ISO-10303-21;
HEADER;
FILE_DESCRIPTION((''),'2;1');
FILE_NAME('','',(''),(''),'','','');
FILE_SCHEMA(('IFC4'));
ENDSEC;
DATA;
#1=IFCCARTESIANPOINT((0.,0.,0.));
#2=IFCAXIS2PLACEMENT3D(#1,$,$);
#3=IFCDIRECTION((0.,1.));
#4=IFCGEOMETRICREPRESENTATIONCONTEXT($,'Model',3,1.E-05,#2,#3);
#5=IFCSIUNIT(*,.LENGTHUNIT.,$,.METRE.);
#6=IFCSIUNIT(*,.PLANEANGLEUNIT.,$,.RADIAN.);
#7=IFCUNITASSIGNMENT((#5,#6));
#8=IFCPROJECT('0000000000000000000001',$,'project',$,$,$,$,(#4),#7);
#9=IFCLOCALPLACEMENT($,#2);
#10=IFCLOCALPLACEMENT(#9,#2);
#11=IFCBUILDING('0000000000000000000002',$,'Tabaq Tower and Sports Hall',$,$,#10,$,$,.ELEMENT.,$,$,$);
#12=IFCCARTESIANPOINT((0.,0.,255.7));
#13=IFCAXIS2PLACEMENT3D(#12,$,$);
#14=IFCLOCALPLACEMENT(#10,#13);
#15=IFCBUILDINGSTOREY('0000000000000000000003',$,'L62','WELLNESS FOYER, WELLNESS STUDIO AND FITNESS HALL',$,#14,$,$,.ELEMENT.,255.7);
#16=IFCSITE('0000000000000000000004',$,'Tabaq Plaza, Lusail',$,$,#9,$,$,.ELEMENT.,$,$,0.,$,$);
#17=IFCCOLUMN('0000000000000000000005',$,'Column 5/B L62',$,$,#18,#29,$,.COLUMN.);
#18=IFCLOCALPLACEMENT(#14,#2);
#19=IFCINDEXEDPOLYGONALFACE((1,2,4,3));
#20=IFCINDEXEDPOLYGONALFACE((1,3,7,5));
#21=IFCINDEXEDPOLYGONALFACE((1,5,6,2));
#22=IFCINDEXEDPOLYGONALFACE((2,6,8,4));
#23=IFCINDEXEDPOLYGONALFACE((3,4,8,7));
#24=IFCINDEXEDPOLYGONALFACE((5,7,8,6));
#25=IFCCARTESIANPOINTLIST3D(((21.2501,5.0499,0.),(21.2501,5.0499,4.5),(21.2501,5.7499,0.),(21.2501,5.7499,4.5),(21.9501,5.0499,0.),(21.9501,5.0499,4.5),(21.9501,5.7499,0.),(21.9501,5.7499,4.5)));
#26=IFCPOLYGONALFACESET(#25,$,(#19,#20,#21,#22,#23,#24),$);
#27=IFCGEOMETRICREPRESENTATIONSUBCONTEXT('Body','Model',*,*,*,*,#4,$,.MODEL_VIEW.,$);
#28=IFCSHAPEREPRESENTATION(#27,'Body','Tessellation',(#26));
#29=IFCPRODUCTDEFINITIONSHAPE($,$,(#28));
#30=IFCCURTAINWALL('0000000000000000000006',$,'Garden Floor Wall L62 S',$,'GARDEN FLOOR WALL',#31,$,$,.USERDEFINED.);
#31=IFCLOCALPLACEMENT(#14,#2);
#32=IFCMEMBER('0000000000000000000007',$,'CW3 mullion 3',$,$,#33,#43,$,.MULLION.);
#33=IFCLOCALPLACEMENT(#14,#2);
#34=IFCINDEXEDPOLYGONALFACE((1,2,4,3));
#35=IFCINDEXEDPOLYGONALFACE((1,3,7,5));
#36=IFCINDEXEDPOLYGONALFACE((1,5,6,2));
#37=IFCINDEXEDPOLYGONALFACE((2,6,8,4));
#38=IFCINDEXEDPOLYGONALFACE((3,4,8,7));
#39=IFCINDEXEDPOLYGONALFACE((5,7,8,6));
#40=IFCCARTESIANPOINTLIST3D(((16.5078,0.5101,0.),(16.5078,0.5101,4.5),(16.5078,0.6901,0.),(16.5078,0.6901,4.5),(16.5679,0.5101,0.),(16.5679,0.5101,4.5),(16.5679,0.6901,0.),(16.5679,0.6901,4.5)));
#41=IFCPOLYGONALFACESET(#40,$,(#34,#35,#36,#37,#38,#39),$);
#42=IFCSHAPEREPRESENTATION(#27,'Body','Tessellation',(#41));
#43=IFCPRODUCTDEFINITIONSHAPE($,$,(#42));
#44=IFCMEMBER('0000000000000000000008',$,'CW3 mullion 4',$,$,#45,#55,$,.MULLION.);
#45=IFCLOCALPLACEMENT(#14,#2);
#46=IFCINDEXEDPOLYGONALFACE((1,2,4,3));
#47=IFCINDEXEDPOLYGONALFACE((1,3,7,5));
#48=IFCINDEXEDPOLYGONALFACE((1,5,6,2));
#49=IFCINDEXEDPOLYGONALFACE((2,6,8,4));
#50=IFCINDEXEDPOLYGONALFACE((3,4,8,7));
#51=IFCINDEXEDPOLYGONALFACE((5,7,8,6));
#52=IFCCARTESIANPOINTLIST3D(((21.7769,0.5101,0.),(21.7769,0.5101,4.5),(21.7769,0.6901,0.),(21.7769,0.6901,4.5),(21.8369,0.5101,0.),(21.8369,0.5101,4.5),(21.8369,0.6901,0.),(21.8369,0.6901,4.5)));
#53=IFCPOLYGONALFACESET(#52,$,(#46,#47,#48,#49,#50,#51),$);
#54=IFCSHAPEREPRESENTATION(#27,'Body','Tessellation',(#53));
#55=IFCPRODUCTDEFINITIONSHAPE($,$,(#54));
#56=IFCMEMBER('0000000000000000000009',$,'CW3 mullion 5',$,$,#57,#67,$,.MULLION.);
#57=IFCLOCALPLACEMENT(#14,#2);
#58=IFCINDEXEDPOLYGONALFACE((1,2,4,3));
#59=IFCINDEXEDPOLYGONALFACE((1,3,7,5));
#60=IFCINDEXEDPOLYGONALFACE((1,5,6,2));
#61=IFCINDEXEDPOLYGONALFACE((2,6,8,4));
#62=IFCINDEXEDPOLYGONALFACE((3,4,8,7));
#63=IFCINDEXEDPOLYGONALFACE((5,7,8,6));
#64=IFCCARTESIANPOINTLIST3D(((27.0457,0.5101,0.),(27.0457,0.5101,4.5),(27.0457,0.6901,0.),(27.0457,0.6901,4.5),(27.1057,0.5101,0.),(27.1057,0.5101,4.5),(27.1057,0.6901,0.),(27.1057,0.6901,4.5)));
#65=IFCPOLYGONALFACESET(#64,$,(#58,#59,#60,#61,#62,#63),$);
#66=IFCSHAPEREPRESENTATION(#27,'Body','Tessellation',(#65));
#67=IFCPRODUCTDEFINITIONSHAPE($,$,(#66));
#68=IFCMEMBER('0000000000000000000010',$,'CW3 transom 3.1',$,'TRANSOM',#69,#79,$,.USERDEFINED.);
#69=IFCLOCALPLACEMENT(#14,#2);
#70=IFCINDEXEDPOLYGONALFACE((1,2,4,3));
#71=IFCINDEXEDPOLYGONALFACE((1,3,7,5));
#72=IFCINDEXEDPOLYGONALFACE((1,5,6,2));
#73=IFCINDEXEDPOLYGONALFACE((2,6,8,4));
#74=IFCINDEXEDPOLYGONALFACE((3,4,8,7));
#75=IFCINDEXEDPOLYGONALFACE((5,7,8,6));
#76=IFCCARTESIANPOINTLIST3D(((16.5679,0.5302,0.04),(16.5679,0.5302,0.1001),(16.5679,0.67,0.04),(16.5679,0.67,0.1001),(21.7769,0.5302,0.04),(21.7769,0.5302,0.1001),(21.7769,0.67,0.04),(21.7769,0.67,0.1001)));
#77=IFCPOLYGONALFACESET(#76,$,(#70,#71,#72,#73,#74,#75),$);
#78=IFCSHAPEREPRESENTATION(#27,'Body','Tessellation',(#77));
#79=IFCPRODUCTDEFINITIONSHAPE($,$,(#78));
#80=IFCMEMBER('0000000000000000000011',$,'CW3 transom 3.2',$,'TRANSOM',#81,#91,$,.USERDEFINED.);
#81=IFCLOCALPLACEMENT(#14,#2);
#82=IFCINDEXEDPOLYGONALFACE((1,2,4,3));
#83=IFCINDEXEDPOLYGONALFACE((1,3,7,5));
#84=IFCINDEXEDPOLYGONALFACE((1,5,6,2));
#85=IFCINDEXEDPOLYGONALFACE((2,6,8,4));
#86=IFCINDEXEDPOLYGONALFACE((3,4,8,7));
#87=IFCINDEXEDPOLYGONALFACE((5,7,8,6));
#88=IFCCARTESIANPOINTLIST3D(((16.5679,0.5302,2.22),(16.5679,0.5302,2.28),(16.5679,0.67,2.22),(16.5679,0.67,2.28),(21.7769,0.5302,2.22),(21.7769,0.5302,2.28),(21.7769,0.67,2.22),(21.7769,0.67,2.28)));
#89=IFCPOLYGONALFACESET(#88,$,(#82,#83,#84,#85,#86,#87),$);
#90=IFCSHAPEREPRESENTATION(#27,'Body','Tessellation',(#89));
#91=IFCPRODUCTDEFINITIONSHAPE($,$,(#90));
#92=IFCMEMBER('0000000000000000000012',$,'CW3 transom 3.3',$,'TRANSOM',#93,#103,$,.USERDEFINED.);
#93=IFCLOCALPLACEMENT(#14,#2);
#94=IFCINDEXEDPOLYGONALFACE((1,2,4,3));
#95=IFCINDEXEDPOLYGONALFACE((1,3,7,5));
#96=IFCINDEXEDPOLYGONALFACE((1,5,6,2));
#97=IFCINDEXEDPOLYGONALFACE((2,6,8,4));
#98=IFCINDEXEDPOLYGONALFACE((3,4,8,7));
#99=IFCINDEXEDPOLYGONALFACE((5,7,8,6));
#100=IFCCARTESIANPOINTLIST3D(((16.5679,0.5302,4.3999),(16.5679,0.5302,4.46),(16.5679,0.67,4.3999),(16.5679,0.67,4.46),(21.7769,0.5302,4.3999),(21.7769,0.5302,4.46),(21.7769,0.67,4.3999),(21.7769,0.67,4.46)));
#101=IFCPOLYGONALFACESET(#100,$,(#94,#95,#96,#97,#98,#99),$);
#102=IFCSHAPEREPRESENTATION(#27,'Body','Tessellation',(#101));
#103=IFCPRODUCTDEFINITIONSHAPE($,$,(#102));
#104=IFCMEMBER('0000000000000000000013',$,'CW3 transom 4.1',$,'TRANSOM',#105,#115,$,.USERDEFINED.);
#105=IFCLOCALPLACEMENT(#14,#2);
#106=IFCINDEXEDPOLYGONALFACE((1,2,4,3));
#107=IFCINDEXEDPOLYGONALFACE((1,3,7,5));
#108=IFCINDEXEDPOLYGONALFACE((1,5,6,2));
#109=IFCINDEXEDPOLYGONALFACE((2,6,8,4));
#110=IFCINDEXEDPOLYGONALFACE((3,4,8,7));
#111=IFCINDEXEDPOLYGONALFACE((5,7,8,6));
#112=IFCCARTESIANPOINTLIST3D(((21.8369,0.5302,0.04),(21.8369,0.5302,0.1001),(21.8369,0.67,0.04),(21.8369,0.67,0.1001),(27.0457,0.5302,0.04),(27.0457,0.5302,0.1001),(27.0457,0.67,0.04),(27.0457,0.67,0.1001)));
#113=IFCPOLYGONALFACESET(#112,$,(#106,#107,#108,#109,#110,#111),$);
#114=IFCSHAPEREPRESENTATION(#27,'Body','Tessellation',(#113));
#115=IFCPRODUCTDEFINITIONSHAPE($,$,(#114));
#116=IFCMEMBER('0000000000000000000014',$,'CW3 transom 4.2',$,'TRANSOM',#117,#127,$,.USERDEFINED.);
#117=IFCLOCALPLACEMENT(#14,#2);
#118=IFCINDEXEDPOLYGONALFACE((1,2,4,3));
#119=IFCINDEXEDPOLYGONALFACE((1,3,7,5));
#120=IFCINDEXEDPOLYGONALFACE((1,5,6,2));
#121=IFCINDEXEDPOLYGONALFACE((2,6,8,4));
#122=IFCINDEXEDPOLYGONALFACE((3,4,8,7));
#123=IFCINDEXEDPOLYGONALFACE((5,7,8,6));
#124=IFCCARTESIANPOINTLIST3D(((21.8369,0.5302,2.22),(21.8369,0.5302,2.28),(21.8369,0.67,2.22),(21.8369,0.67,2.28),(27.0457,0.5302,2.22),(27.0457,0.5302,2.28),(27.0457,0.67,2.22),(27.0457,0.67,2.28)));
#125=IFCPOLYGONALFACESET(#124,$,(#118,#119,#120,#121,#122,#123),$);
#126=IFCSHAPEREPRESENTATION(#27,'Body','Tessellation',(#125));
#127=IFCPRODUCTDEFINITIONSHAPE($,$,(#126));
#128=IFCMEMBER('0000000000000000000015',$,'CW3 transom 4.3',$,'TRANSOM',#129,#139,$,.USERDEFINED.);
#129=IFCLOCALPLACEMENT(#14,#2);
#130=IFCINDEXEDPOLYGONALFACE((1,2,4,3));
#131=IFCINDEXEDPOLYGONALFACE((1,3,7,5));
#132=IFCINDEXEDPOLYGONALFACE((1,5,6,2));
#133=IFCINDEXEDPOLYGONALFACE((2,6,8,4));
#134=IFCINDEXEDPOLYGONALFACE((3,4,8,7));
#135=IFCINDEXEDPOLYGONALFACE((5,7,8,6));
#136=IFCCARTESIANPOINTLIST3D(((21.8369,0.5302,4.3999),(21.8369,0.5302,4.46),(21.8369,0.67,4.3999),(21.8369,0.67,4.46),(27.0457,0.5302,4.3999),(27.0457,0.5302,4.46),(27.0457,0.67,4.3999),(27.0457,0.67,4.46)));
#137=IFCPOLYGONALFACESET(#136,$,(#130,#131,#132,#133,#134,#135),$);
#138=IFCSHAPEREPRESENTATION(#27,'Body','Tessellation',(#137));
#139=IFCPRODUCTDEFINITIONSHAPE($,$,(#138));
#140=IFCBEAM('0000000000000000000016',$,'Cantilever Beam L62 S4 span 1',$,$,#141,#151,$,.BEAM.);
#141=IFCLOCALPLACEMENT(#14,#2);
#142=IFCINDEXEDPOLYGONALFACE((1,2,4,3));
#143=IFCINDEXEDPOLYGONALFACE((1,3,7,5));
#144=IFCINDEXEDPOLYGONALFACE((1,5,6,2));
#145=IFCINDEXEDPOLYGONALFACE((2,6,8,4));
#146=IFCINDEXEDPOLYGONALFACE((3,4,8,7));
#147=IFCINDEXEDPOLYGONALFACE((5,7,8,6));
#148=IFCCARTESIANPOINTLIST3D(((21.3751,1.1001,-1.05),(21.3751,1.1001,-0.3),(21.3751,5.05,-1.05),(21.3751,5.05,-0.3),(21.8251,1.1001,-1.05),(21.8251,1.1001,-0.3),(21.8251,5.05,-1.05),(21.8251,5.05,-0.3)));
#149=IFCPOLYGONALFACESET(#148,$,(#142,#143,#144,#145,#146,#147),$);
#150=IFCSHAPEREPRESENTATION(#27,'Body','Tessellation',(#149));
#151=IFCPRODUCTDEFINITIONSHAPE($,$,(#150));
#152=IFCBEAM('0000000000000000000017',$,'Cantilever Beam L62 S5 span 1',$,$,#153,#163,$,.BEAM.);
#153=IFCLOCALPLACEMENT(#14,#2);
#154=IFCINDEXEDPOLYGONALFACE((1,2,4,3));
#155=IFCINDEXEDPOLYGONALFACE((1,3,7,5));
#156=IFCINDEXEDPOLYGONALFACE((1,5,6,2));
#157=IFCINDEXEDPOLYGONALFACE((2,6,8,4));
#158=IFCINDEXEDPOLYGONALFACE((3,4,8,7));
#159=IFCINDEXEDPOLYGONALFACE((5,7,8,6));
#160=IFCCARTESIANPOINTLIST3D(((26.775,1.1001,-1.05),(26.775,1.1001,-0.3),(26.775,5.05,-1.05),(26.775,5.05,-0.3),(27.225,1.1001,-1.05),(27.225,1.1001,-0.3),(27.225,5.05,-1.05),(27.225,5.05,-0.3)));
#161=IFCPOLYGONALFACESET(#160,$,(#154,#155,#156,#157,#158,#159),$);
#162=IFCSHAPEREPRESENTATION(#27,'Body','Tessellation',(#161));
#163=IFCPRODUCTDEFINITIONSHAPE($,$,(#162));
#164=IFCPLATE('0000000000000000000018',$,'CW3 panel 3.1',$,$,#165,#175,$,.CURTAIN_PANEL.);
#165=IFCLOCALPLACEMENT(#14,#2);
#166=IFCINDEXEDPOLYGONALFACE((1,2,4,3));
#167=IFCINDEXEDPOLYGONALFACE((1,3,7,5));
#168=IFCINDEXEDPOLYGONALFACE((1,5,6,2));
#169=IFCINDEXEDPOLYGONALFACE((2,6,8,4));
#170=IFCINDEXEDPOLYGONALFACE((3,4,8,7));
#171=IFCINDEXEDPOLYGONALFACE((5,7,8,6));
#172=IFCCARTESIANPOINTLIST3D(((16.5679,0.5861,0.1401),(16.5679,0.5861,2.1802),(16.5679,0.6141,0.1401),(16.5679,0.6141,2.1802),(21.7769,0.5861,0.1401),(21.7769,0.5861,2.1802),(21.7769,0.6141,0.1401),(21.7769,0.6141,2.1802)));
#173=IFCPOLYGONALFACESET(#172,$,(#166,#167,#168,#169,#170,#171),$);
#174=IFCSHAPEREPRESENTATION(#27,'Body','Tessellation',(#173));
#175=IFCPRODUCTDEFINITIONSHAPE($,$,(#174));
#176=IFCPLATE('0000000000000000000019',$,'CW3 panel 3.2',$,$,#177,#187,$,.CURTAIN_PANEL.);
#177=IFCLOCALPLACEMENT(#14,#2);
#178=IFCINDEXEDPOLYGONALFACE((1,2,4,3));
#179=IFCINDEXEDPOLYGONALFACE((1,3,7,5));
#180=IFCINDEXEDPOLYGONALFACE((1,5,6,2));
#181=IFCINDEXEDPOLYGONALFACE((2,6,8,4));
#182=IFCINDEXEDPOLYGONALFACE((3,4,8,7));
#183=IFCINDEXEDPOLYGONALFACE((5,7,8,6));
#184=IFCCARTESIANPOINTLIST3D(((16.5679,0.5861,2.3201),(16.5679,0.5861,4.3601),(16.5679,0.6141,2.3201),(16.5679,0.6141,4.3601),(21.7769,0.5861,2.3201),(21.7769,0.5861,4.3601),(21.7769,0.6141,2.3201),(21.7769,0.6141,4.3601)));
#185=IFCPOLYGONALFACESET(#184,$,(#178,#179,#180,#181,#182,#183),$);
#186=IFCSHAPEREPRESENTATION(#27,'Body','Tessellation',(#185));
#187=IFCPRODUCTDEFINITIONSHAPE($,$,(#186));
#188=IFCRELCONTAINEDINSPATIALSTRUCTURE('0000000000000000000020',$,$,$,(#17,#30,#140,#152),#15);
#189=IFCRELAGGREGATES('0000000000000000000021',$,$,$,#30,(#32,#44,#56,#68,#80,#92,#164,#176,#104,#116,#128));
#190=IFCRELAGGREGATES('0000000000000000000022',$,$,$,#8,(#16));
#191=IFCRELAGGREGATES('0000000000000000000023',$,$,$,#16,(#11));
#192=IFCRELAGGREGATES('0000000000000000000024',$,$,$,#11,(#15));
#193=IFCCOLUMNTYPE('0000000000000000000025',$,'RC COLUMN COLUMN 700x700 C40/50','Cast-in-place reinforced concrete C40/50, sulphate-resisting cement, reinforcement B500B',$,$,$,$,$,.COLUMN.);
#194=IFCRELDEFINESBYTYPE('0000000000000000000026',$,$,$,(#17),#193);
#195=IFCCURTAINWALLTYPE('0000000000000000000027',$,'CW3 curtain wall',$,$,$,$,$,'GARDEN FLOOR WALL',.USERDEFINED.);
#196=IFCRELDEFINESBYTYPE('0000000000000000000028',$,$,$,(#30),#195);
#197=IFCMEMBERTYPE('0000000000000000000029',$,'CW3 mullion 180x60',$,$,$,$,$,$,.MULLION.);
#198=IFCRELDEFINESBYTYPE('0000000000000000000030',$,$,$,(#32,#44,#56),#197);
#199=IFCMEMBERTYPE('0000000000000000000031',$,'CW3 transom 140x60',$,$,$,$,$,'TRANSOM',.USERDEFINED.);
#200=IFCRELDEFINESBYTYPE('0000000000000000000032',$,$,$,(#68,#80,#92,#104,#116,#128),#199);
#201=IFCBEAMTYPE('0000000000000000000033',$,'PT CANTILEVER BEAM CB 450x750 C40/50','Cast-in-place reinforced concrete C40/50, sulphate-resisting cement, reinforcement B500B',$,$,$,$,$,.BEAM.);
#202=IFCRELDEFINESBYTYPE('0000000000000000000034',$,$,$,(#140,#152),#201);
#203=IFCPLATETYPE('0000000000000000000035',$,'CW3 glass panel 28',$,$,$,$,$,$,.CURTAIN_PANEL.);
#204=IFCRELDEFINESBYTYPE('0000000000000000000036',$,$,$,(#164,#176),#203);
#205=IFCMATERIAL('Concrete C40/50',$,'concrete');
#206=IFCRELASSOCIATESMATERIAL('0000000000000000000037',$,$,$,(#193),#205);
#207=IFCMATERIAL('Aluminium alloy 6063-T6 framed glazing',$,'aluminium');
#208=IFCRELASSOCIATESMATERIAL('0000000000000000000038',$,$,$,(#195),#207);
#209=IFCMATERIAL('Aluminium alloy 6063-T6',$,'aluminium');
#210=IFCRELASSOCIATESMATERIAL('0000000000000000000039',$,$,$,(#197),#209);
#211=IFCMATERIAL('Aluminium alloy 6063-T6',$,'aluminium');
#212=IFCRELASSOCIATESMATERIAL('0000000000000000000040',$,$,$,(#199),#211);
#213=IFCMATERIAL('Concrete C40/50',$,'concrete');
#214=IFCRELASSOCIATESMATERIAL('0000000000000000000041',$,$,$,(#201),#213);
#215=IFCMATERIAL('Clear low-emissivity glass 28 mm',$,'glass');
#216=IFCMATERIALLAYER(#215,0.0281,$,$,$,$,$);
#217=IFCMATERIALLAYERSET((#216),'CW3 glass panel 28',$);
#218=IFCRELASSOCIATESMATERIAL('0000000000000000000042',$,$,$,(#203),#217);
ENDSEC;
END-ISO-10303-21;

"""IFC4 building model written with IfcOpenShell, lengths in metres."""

from ifc_helpers import new_model, si_unit, direction, frame, origin, origin_2d, place, context, subcontext, project, spatial, rectangle, extrude, material, layer, layer_set, material_profile, profile_set, type_object, element, aggregate, save


model = new_model("IFC4")

# Units and contexts
model_context = context("Model", 3, precision=1e-05, world=origin(), true_north=direction((0.0, 1.0)))
body_context = subcontext(model_context, "Body", "Model", "MODEL_VIEW")
ifc_project = project(units=[si_unit("LENGTHUNIT", "METRE"), si_unit("PLANEANGLEUNIT", "RADIAN")], contexts=[model_context])

# Site, building, storey
site_placement = place(None, origin())
site = spatial("IfcSite", under=ifc_project, at=site_placement, Name="Tabaq Plaza, Lusail", CompositionType="ELEMENT", RefElevation=0.0)
building_placement = place(site_placement, origin())
building = spatial("IfcBuilding", under=site, at=building_placement, Name="Tabaq Tower and Sports Hall", CompositionType="ELEMENT")
storey_placement = place(building_placement, frame((0.0, 0.0, 255.7)))
storey = spatial("IfcBuildingStorey", under=building, at=storey_placement, Name="L62", Description="WELLNESS FOYER, WELLNESS STUDIO AND FITNESS HALL", CompositionType="ELEMENT", Elevation=255.7)

# Column
ifc_material_1 = material(Name="Concrete C40/50", Category="concrete")
ifc_material_profile_1 = material_profile(ifc_material_1, rectangle(XDim=0.7, YDim=0.7, at=origin_2d()), Name="COLUMN 700x700")
ifc_profile_set_1 = profile_set([ifc_material_profile_1], Name="Concrete C40/50")
column_type = type_object("IfcColumnType", Name="RC COLUMN COLUMN 700x700 C40/50", Description="Cast-in-place reinforced concrete C40/50, sulphate-resisting cement, reinforcement B500B", PredefinedType="COLUMN", material=ifc_profile_set_1)
column_placement = place(storey_placement, frame((21.6001, 5.3999, 0.0), z_axis=(0.0, 0.0, 1.0), x_axis=(1.0, 0.0, 0.0)))
element("IfcColumn", 1, at=column_placement, inside=storey, type_object=column_type, Name="Column 5/B L62", PredefinedType="COLUMN", context=body_context, shape_type="SweptSolid", body=[
    extrude(rectangle(XDim=0.7, YDim=0.7, at=origin_2d()), origin(), (0.0, 0.0, 1.0), 4.5),
])

# Curtain wall, members
ifc_material_2 = material(Name="Aluminium alloy 6063-T6 framed glazing", Category="aluminium")
curtain_wall_type = type_object("IfcCurtainWallType", Name="CW3 curtain wall", ElementType="GARDEN FLOOR WALL", PredefinedType="USERDEFINED", material=ifc_material_2)
curtain_wall_placement = place(storey_placement, origin())
curtain_wall = element("IfcCurtainWall", 2, at=curtain_wall_placement, inside=storey, type_object=curtain_wall_type, Name="Garden Floor Wall L62 S", ObjectType="GARDEN FLOOR WALL", PredefinedType="USERDEFINED")
ifc_material_3 = material(Name="Aluminium alloy 6063-T6", Category="aluminium")
ifc_material_profile_2 = material_profile(ifc_material_3, rectangle(XDim=0.1799, YDim=0.0601, at=origin_2d()), Name="MULLION 180x60")
ifc_profile_set_2 = profile_set([ifc_material_profile_2], Name="Aluminium alloy 6063-T6")
member_type_1 = type_object("IfcMemberType", Name="CW3 mullion 180x60", PredefinedType="MULLION", material=ifc_profile_set_2)
member_1_placement = place(storey_placement, frame((16.5378, 0.6001, 0.0), z_axis=(0.0, 0.0, 1.0), x_axis=(0.0, 1.0, 0.0)))
member_1 = element("IfcMember", 3, at=member_1_placement, type_object=member_type_1, Name="CW3 mullion 3", PredefinedType="MULLION", context=body_context, shape_type="SweptSolid", body=[
    extrude(rectangle(XDim=0.1799, YDim=0.0601, at=origin_2d()), origin(), (0.0, 0.0, 1.0), 4.5),
])
member_2_placement = place(storey_placement, frame((21.8069, 0.6001, 0.0), z_axis=(0.0, 0.0, 1.0), x_axis=(0.0, 1.0, 0.0)))
member_2 = element("IfcMember", 4, at=member_2_placement, type_object=member_type_1, Name="CW3 mullion 4", PredefinedType="MULLION", context=body_context, shape_type="SweptSolid", body=[
    extrude(rectangle(XDim=0.1799, YDim=0.0601, at=origin_2d()), origin(), (0.0, 0.0, 1.0), 4.5),
])
member_3_placement = place(storey_placement, frame((27.0757, 0.6001, 0.0), z_axis=(0.0, 0.0, 1.0), x_axis=(0.0, 1.0, 0.0)))
member_3 = element("IfcMember", 5, at=member_3_placement, type_object=member_type_1, Name="CW3 mullion 5", PredefinedType="MULLION", context=body_context, shape_type="SweptSolid", body=[
    extrude(rectangle(XDim=0.1799, YDim=0.0601, at=origin_2d()), origin(), (0.0, 0.0, 1.0), 4.5),
])
ifc_material_4 = material(Name="Aluminium alloy 6063-T6", Category="aluminium")
ifc_material_profile_3 = material_profile(ifc_material_4, rectangle(XDim=0.1399, YDim=0.0601, at=origin_2d()), Name="TRANSOM 140x60")
ifc_profile_set_3 = profile_set([ifc_material_profile_3], Name="Aluminium alloy 6063-T6")
member_type_2 = type_object("IfcMemberType", Name="CW3 transom 140x60", ElementType="TRANSOM", PredefinedType="USERDEFINED", material=ifc_profile_set_3)
member_4_placement = place(storey_placement, frame((16.5679, 0.6001, 0.0701), z_axis=(1.0, 0.0, 0.0), x_axis=(0.0, 1.0, 0.0)))
member_4 = element("IfcMember", 6, at=member_4_placement, type_object=member_type_2, Name="CW3 transom 3.1", ObjectType="TRANSOM", PredefinedType="USERDEFINED", context=body_context, shape_type="SweptSolid", body=[
    extrude(rectangle(XDim=0.1399, YDim=0.0601, at=origin_2d()), origin(), (0.0, 0.0, 1.0), 5.209),
])
member_5_placement = place(storey_placement, frame((16.5679, 0.6001, 2.25), z_axis=(1.0, 0.0, 0.0), x_axis=(0.0, 1.0, 0.0)))
member_5 = element("IfcMember", 7, at=member_5_placement, type_object=member_type_2, Name="CW3 transom 3.2", ObjectType="TRANSOM", PredefinedType="USERDEFINED", context=body_context, shape_type="SweptSolid", body=[
    extrude(rectangle(XDim=0.1399, YDim=0.0601, at=origin_2d()), origin(), (0.0, 0.0, 1.0), 5.209),
])
member_6_placement = place(storey_placement, frame((16.5679, 0.6001, 4.4299), z_axis=(1.0, 0.0, 0.0), x_axis=(0.0, 1.0, 0.0)))
member_6 = element("IfcMember", 8, at=member_6_placement, type_object=member_type_2, Name="CW3 transom 3.3", ObjectType="TRANSOM", PredefinedType="USERDEFINED", context=body_context, shape_type="SweptSolid", body=[
    extrude(rectangle(XDim=0.1399, YDim=0.0601, at=origin_2d()), origin(), (0.0, 0.0, 1.0), 5.209),
])
member_7_placement = place(storey_placement, frame((21.8369, 0.6001, 0.0701), z_axis=(1.0, 0.0, 0.0), x_axis=(0.0, 1.0, 0.0)))
member_7 = element("IfcMember", 9, at=member_7_placement, type_object=member_type_2, Name="CW3 transom 4.1", ObjectType="TRANSOM", PredefinedType="USERDEFINED", context=body_context, shape_type="SweptSolid", body=[
    extrude(rectangle(XDim=0.1399, YDim=0.0601, at=origin_2d()), origin(), (0.0, 0.0, 1.0), 5.2087),
])
member_8_placement = place(storey_placement, frame((21.8369, 0.6001, 2.25), z_axis=(1.0, 0.0, 0.0), x_axis=(0.0, 1.0, 0.0)))
member_8 = element("IfcMember", 10, at=member_8_placement, type_object=member_type_2, Name="CW3 transom 4.2", ObjectType="TRANSOM", PredefinedType="USERDEFINED", context=body_context, shape_type="SweptSolid", body=[
    extrude(rectangle(XDim=0.1399, YDim=0.0601, at=origin_2d()), origin(), (0.0, 0.0, 1.0), 5.2087),
])
member_9_placement = place(storey_placement, frame((21.8369, 0.6001, 4.4299), z_axis=(1.0, 0.0, 0.0), x_axis=(0.0, 1.0, 0.0)))
member_9 = element("IfcMember", 11, at=member_9_placement, type_object=member_type_2, Name="CW3 transom 4.3", ObjectType="TRANSOM", PredefinedType="USERDEFINED", context=body_context, shape_type="SweptSolid", body=[
    extrude(rectangle(XDim=0.1399, YDim=0.0601, at=origin_2d()), origin(), (0.0, 0.0, 1.0), 5.2087),
])

# Beams
ifc_material_5 = material(Name="Concrete C40/50", Category="concrete")
ifc_material_profile_4 = material_profile(ifc_material_5, rectangle(XDim=0.45, YDim=0.75, at=origin_2d()), Name="CB 450x750")
ifc_profile_set_4 = profile_set([ifc_material_profile_4], Name="Concrete C40/50")
beam_type = type_object("IfcBeamType", Name="PT CANTILEVER BEAM CB 450x750 C40/50", Description="Cast-in-place reinforced concrete C40/50, sulphate-resisting cement, reinforcement B500B", PredefinedType="BEAM", material=ifc_profile_set_4)
for number, where, z_axis, x_axis, name in (
    (12, (21.6001, 1.1001, -0.675), (0.0, 1.0, 0.0), (-1.0, 0.0, 0.0), "Cantilever Beam L62 S4 span 1"),
    (13, (27.0, 1.1001, -0.675), (0.0, 1.0, 0.0), (-1.0, 0.0, 0.0), "Cantilever Beam L62 S5 span 1"),
):
    element("IfcBeam", number, at=place(storey_placement, frame(where, z_axis=z_axis, x_axis=x_axis)), inside=storey, type_object=beam_type, Name=name, PredefinedType="BEAM", context=body_context, shape_type="SweptSolid", body=[
        extrude(rectangle(XDim=0.45, YDim=0.75, at=origin_2d()), origin(), (0.0, 0.0, 1.0), 3.95),
    ])

# Plates
ifc_material_6 = material(Name="Clear low-emissivity glass 28 mm", Category="glass")
ifc_layer_1 = layer(ifc_material_6, 0.0281)
ifc_layer_set_1 = layer_set([ifc_layer_1], Name="CW3 glass panel 28")
plate_type_1 = type_object("IfcPlateType", Name="CW3 glass panel 28", PredefinedType="CURTAIN_PANEL", material=ifc_layer_set_1)
plate_1_placement = place(storey_placement, frame((19.1724, 0.6001, 0.1401), z_axis=(0.0, 0.0, 1.0), x_axis=(1.0, 0.0, 0.0)))
plate_1 = element("IfcPlate", 14, at=plate_1_placement, type_object=plate_type_1, Name="CW3 panel 3.1", PredefinedType="CURTAIN_PANEL", context=body_context, shape_type="SweptSolid", body=[
    extrude(rectangle(XDim=5.209, YDim=0.0281, at=origin_2d()), origin(), (0.0, 0.0, 1.0), 2.04),
])
plate_2_placement = place(storey_placement, frame((19.1724, 0.6001, 2.3201), z_axis=(0.0, 0.0, 1.0), x_axis=(1.0, 0.0, 0.0)))
plate_2 = element("IfcPlate", 15, at=plate_2_placement, type_object=plate_type_1, Name="CW3 panel 3.2", PredefinedType="CURTAIN_PANEL", context=body_context, shape_type="SweptSolid", body=[
    extrude(rectangle(XDim=5.209, YDim=0.0281, at=origin_2d()), origin(), (0.0, 0.0, 1.0), 2.04),
])
aggregate(curtain_wall, [member_1, member_2, member_3, member_4, member_5, member_6, plate_1, plate_2, member_7, member_8, member_9])

save(model, "model.ifc")
